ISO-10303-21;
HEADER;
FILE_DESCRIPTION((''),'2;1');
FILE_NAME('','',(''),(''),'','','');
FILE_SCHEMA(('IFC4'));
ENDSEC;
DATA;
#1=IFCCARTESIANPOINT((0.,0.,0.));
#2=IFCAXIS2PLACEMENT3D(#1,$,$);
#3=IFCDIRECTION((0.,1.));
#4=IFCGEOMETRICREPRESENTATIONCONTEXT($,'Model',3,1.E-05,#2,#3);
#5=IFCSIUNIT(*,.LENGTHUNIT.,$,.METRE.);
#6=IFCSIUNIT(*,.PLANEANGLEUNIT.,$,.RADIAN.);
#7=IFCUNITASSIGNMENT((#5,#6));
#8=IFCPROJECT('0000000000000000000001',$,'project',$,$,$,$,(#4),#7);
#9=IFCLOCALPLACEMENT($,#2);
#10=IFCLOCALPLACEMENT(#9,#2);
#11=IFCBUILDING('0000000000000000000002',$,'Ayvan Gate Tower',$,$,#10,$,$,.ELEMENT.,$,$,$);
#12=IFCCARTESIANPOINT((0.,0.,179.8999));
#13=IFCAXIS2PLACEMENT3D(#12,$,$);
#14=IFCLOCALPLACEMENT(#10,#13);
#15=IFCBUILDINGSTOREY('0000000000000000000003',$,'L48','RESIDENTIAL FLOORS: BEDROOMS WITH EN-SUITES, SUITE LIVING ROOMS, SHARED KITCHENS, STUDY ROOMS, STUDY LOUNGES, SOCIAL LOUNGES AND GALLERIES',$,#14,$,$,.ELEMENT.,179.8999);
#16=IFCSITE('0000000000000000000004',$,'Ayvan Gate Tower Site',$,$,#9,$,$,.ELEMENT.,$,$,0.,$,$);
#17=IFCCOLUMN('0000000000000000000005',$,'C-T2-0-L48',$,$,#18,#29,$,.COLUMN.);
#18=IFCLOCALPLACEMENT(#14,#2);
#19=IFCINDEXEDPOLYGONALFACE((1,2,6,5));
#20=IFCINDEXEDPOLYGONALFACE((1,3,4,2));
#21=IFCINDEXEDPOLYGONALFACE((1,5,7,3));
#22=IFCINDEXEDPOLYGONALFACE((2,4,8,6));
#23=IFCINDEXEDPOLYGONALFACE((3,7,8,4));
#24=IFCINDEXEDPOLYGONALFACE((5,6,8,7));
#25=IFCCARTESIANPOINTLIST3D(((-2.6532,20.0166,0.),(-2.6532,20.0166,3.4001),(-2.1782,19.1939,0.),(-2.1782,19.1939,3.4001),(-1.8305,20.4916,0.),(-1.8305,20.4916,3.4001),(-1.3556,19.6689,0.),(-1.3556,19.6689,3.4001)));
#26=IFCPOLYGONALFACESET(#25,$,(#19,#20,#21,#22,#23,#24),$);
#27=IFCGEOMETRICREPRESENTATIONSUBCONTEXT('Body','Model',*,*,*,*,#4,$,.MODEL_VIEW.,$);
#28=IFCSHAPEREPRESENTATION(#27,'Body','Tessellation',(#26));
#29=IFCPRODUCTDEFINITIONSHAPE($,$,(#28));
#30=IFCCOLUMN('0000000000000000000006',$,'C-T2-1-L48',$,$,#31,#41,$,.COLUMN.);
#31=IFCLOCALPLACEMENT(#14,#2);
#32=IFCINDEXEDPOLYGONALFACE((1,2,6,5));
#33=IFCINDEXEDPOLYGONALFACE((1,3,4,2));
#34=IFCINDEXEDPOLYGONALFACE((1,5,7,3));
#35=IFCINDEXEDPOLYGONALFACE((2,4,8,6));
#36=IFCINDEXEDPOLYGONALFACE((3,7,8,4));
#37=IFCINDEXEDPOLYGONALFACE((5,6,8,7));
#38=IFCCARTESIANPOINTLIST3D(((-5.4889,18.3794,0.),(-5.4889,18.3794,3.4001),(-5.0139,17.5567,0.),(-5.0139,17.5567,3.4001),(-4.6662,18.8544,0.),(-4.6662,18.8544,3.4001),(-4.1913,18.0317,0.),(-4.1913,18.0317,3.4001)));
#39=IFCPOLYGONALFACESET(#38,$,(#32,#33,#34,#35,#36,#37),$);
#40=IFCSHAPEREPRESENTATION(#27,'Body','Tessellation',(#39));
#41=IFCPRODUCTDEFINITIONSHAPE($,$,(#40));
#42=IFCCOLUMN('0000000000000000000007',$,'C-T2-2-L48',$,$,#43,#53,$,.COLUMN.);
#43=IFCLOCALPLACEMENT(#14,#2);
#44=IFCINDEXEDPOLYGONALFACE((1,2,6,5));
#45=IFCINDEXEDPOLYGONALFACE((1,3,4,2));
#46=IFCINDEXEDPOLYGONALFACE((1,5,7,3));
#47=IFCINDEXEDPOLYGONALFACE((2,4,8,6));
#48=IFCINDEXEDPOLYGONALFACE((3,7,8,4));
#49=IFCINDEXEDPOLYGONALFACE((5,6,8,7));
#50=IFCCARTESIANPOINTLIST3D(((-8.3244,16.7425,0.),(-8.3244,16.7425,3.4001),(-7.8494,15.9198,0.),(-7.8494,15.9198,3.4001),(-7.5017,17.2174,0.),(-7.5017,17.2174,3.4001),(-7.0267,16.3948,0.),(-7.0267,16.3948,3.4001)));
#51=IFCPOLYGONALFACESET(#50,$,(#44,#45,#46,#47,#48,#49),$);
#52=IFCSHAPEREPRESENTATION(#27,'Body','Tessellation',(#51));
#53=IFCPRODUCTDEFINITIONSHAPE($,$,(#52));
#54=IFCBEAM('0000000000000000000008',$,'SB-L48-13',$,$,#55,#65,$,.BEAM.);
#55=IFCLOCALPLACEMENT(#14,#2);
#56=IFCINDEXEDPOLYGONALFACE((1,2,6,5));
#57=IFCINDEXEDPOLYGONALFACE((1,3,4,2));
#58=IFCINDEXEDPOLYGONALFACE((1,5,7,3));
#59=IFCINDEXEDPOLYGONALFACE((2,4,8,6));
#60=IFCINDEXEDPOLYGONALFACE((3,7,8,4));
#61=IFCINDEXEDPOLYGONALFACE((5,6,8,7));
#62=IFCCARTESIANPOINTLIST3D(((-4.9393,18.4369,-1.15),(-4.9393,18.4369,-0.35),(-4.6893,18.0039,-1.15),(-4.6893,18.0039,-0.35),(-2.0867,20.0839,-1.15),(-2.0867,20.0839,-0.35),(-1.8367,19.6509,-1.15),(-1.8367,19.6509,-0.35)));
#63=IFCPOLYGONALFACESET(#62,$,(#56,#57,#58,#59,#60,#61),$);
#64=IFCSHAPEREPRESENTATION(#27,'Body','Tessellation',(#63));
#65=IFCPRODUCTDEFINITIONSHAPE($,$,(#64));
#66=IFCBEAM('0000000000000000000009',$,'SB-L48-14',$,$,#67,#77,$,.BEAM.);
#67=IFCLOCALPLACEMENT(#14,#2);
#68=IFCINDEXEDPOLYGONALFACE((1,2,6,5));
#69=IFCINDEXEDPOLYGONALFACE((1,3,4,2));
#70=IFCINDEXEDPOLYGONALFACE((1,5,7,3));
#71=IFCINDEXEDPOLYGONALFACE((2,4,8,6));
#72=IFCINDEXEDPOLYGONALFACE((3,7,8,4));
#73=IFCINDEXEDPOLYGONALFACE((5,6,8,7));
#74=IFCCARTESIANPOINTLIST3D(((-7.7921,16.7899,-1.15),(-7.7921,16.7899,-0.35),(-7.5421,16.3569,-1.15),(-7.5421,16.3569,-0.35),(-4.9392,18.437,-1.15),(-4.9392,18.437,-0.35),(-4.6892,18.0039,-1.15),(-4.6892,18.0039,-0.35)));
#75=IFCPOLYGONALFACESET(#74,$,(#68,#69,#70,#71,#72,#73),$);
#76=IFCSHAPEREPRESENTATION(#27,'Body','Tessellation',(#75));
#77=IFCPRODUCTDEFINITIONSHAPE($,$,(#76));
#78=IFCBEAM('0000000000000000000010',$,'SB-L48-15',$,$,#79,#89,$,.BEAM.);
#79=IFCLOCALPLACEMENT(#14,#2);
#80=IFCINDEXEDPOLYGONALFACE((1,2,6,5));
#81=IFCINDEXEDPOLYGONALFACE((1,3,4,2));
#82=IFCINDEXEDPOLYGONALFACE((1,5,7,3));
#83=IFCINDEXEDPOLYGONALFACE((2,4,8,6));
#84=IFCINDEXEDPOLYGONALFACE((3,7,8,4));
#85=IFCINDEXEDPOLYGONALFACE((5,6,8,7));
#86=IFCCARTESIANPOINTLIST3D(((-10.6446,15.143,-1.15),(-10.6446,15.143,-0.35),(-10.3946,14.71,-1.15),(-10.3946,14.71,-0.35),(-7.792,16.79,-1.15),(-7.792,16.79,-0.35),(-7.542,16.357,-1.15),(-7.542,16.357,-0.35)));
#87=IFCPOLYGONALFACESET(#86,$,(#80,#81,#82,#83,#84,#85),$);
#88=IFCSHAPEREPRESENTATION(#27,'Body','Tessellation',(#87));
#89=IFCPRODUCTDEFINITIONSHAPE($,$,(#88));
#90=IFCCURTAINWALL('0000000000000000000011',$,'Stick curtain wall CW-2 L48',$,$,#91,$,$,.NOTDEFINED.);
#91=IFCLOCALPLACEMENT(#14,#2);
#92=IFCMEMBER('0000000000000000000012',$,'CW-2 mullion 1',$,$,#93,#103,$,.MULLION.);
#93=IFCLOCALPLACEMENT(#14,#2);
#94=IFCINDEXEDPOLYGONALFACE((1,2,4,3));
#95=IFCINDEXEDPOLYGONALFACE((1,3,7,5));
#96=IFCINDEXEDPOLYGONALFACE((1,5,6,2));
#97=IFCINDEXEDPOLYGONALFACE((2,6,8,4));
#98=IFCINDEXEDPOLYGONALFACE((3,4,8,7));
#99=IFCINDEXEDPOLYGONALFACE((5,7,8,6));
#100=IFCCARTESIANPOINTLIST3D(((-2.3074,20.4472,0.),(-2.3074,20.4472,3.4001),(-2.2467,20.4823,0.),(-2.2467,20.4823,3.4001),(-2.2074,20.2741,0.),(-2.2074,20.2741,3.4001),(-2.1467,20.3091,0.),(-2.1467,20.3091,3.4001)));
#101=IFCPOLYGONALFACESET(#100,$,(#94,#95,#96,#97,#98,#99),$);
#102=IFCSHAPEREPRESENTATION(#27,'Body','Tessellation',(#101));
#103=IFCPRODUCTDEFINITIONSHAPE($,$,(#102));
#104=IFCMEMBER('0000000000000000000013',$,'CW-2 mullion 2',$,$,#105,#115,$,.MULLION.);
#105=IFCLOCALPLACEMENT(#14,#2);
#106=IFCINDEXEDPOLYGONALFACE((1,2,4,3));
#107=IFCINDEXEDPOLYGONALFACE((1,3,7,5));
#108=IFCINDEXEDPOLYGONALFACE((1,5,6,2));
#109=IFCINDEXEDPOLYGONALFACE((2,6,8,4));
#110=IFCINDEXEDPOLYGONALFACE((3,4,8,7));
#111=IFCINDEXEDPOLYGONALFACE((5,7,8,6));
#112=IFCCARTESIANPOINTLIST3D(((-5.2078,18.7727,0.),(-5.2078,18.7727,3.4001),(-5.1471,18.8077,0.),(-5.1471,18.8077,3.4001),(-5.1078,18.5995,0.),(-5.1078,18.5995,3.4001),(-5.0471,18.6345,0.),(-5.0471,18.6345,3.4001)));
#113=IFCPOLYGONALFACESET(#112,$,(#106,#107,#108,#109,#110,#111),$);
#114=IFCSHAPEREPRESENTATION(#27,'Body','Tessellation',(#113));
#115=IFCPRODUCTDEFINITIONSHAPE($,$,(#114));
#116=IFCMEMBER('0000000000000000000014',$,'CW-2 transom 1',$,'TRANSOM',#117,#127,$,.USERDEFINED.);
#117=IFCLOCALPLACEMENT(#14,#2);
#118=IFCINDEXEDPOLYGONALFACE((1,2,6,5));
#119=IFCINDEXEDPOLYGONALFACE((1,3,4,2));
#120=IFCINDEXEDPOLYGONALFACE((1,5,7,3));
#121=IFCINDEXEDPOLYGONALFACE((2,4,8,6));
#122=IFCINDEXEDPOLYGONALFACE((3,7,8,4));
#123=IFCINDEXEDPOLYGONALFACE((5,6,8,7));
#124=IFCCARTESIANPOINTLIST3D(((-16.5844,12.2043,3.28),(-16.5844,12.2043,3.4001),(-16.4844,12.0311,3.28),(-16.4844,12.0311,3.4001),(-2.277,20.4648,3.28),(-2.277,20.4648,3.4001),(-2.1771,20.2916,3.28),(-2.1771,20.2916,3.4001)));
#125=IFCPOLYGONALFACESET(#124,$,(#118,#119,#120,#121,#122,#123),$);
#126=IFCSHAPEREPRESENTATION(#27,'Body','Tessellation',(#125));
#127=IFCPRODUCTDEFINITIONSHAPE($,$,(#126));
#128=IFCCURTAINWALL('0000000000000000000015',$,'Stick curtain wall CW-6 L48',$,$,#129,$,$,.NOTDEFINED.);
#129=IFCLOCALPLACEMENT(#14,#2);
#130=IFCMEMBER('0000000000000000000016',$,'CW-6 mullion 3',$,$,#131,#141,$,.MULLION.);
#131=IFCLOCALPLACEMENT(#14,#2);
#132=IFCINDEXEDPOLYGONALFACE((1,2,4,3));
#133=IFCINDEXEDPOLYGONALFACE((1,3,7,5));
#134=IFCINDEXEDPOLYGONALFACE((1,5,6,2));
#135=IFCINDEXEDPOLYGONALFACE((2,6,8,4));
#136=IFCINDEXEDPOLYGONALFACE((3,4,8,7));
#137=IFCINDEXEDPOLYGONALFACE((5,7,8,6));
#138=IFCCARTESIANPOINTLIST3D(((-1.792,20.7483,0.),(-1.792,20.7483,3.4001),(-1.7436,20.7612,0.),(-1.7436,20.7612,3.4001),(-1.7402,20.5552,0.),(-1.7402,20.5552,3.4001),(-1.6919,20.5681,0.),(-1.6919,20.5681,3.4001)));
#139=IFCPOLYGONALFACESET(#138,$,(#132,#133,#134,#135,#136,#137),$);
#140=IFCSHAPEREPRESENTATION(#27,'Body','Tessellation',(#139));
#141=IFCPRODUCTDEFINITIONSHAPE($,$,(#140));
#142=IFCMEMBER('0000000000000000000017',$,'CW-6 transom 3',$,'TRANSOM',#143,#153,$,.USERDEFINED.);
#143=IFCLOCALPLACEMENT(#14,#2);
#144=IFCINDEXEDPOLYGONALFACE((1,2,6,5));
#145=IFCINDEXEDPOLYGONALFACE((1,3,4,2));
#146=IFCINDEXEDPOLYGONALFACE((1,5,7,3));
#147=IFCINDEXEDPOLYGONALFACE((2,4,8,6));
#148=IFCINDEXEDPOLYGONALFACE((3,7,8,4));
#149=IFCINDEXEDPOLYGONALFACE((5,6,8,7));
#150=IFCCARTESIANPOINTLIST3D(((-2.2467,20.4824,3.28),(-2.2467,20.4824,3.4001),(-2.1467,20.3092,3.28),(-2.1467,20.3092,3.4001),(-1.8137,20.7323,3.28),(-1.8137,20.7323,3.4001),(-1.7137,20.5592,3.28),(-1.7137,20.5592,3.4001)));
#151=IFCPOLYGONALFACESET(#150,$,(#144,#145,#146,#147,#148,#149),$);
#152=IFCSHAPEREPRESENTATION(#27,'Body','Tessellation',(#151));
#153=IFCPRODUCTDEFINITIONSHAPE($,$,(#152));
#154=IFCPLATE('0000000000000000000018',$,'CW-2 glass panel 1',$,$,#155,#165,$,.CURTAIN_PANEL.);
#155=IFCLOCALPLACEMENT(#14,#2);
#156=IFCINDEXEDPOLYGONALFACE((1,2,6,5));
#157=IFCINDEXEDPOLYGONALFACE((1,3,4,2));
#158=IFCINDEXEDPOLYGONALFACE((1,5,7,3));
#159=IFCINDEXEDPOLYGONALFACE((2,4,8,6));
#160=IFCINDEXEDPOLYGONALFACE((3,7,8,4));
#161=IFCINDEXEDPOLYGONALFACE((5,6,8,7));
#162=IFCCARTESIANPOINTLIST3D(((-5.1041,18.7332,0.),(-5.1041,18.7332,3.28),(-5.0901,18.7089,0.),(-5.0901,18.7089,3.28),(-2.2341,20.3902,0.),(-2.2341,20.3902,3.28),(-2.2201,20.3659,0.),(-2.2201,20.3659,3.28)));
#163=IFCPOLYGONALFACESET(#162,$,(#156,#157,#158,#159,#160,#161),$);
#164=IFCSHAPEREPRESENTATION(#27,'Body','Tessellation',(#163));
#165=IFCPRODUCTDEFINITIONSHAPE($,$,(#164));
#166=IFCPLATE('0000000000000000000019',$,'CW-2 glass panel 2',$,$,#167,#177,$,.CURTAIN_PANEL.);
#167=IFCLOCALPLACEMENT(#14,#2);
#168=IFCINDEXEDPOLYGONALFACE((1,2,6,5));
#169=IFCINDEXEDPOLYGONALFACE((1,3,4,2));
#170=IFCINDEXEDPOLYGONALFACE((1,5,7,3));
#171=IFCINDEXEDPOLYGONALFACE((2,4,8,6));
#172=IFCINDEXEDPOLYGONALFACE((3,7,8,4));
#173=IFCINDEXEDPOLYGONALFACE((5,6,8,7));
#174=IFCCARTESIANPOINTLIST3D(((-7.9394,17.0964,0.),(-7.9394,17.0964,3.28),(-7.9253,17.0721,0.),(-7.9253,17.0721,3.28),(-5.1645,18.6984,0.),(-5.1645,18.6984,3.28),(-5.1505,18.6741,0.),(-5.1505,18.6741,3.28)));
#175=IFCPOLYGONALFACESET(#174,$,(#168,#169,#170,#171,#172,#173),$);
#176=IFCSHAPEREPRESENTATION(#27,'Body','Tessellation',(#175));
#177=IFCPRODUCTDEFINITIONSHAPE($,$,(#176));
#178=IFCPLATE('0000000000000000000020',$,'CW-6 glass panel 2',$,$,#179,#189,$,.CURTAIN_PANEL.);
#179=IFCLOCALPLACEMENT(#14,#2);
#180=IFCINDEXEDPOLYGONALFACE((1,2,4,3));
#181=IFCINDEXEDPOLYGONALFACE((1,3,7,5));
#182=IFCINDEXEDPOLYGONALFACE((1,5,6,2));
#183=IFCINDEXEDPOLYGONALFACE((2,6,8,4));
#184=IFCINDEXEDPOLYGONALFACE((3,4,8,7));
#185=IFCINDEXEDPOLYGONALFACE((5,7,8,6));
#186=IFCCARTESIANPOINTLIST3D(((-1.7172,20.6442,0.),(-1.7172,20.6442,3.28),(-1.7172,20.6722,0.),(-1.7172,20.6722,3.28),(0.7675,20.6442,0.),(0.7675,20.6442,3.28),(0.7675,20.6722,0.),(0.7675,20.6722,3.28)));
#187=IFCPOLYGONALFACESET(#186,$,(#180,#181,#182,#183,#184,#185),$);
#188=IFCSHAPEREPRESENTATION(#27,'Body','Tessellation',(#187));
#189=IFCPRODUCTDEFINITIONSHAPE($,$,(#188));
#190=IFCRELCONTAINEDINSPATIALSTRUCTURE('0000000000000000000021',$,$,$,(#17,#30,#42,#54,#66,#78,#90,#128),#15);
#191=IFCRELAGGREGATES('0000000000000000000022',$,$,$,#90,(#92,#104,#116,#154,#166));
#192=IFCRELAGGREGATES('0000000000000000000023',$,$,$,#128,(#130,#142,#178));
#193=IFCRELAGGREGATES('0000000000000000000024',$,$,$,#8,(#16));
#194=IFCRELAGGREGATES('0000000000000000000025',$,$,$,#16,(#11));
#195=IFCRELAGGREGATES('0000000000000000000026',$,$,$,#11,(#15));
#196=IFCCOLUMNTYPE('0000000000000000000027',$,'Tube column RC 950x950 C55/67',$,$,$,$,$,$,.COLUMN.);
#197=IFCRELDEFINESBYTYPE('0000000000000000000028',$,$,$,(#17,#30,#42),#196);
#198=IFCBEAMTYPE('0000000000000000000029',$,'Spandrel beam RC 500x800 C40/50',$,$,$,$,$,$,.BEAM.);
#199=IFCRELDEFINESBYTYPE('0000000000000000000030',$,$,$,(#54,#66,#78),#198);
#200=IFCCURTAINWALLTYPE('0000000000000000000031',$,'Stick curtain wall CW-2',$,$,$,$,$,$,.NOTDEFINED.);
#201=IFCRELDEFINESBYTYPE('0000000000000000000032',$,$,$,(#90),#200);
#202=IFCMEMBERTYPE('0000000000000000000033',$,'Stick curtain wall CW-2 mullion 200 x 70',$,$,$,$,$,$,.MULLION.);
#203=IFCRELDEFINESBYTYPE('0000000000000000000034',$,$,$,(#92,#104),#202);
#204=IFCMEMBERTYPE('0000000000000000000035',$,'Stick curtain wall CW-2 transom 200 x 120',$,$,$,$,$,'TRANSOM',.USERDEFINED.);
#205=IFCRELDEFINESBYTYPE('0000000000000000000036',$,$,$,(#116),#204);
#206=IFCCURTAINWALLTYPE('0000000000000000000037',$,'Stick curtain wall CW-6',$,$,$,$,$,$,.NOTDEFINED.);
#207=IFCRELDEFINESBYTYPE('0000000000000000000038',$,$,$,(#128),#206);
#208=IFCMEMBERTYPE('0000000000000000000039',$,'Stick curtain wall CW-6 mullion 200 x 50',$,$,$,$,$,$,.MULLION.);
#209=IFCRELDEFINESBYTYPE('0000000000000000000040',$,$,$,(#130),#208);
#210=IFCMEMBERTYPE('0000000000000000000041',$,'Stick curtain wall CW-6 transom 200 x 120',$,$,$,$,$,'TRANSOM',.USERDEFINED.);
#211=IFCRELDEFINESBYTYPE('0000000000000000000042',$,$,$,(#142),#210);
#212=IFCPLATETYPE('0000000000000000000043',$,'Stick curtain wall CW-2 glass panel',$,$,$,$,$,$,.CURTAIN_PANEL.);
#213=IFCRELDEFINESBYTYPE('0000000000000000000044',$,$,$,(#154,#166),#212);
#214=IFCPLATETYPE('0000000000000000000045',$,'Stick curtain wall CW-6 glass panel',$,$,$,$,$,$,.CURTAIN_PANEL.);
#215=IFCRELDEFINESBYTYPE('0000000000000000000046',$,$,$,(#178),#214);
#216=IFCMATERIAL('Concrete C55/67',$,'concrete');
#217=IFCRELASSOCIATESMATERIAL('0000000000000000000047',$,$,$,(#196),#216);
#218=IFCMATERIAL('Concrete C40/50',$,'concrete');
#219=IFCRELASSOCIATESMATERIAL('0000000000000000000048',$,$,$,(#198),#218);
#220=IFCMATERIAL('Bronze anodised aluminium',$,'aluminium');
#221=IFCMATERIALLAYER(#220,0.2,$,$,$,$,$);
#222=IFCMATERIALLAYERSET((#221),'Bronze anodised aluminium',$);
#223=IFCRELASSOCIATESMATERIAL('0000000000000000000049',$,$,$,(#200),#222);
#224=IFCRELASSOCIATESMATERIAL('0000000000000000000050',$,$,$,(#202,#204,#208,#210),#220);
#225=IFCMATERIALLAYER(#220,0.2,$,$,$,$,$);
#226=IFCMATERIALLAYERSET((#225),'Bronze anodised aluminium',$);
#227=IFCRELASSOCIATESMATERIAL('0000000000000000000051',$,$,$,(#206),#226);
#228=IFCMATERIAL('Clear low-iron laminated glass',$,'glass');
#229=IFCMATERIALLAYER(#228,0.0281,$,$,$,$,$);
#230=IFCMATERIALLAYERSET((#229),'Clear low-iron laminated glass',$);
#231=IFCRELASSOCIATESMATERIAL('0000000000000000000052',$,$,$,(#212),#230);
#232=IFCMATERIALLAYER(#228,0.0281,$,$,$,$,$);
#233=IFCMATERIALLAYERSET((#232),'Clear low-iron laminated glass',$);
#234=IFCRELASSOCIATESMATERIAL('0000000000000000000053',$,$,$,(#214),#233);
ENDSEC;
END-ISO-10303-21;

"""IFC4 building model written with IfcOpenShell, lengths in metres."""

from ifc_helpers import new_model, si_unit, direction, frame, origin, origin_2d, place, context, subcontext, project, spatial, rectangle, extrude, material, layer, layer_set, material_profile, profile_set, type_object, element, aggregate, save


model = new_model("IFC4")

# Units and contexts
model_context = context("Model", 3, precision=1e-05, world=origin(), true_north=direction((0.0, 1.0)))
body_context = subcontext(model_context, "Body", "Model", "MODEL_VIEW")
ifc_project = project(units=[si_unit("LENGTHUNIT", "METRE"), si_unit("PLANEANGLEUNIT", "RADIAN")], contexts=[model_context])

# Site, building, storey
site_placement = place(None, origin())
site = spatial("IfcSite", under=ifc_project, at=site_placement, Name="Ayvan Gate Tower Site", CompositionType="ELEMENT", RefElevation=0.0)
building_placement = place(site_placement, origin())
building = spatial("IfcBuilding", under=site, at=building_placement, Name="Ayvan Gate Tower", CompositionType="ELEMENT")
storey_placement = place(building_placement, frame((0.0, 0.0, 179.8999)))
storey = spatial("IfcBuildingStorey", under=building, at=storey_placement, Name="L48", Description="RESIDENTIAL FLOORS: BEDROOMS WITH EN-SUITES, SUITE LIVING ROOMS, SHARED KITCHENS, STUDY ROOMS, STUDY LOUNGES, SOCIAL LOUNGES AND GALLERIES", CompositionType="ELEMENT", Elevation=179.8999)

# Columns
ifc_material_1 = material(Name="Concrete C55/67", Category="concrete")
ifc_material_profile_1 = material_profile(ifc_material_1, rectangle(XDim=0.95, YDim=0.95, at=origin_2d()), Name="RC 950x950")
ifc_profile_set_1 = profile_set([ifc_material_profile_1], Name="Concrete C55/67")
column_type = type_object("IfcColumnType", Name="Tube column RC 950x950 C55/67", PredefinedType="COLUMN", material=ifc_profile_set_1)
for number, where, z_axis, x_axis, name in (
    (1, (-2.0044, 19.8428, 0.0), (0.0, 0.0, 1.0), (-0.5, 0.866025, 0.0), "C-T2-0-L48"),
    (2, (-4.8401, 18.2056, 0.0), (0.0, 0.0, 1.0), (-0.5, 0.866025, 0.0), "C-T2-1-L48"),
    (3, (-7.6755, 16.5686, 0.0), (0.0, 0.0, 1.0), (-0.5, 0.866025, 0.0), "C-T2-2-L48"),
):
    element("IfcColumn", number, at=place(storey_placement, frame(where, z_axis=z_axis, x_axis=x_axis)), inside=storey, type_object=column_type, Name=name, PredefinedType="COLUMN", context=body_context, shape_type="SweptSolid", body=[
        extrude(rectangle(XDim=0.95, YDim=0.95, at=origin_2d()), origin(), (0.0, 0.0, 1.0), 3.4001),
    ])

# Beams
ifc_material_2 = material(Name="Concrete C40/50", Category="concrete")
ifc_material_profile_2 = material_profile(ifc_material_2, rectangle(XDim=0.5, YDim=0.8, at=origin_2d()), Name="RC 500x800")
ifc_profile_set_2 = profile_set([ifc_material_profile_2], Name="Concrete C40/50")
beam_type = type_object("IfcBeamType", Name="Spandrel beam RC 500x800 C40/50", PredefinedType="BEAM", material=ifc_profile_set_2)
beam_1_placement = place(storey_placement, frame((-1.9617, 19.8674, -0.75), z_axis=(-0.866018, -0.500013, 0.0), x_axis=(0.500013, -0.866018, 0.0)))
element("IfcBeam", 4, at=beam_1_placement, inside=storey, type_object=beam_type, Name="SB-L48-13", PredefinedType="BEAM", context=body_context, shape_type="SweptSolid", body=[
    extrude(rectangle(XDim=0.5, YDim=0.8, at=origin_2d()), origin(), (0.0, 0.0, 1.0), 3.2939),
])
beam_2_placement = place(storey_placement, frame((-4.8142, 18.2205, -0.75), z_axis=(-0.866036, -0.499981, 0.0), x_axis=(0.499981, -0.866036, 0.0)))
element("IfcBeam", 5, at=beam_2_placement, inside=storey, type_object=beam_type, Name="SB-L48-14", PredefinedType="BEAM", context=body_context, shape_type="SweptSolid", body=[
    extrude(rectangle(XDim=0.5, YDim=0.8, at=origin_2d()), origin(), (0.0, 0.0, 1.0), 3.2942),
])
beam_3_placement = place(storey_placement, frame((-7.667, 16.5735, -0.75), z_axis=(-0.866018, -0.500013, 0.0), x_axis=(0.500013, -0.866018, 0.0)))
element("IfcBeam", 6, at=beam_3_placement, inside=storey, type_object=beam_type, Name="SB-L48-15", PredefinedType="BEAM", context=body_context, shape_type="SweptSolid", body=[
    extrude(rectangle(XDim=0.5, YDim=0.8, at=origin_2d()), origin(), (0.0, 0.0, 1.0), 3.2939),
])

# Curtain walls, members
ifc_material_3 = material(Name="Bronze anodised aluminium", Category="aluminium")
ifc_layer_1 = layer(ifc_material_3, 0.2)
ifc_layer_set_1 = layer_set([ifc_layer_1], Name="Bronze anodised aluminium")
curtain_wall_type_1 = type_object("IfcCurtainWallType", Name="Stick curtain wall CW-2", PredefinedType="NOTDEFINED", material=ifc_layer_set_1)
curtain_wall_1_placement = place(storey_placement, origin())
curtain_wall_1 = element("IfcCurtainWall", 7, at=curtain_wall_1_placement, inside=storey, type_object=curtain_wall_type_1, Name="Stick curtain wall CW-2 L48", PredefinedType="NOTDEFINED")
ifc_material_profile_3 = material_profile(ifc_material_3, rectangle(XDim=0.2, YDim=0.0701, at=origin_2d()), Name="Stick curtain wall CW-2 mullion 200 x 70")
ifc_profile_set_3 = profile_set([ifc_material_profile_3], Name="Bronze anodised aluminium")
member_type_1 = type_object("IfcMemberType", Name="Stick curtain wall CW-2 mullion 200 x 70", PredefinedType="MULLION", material=ifc_profile_set_3)
member_1_placement = place(storey_placement, frame((-2.2271, 20.3782, 0.0), z_axis=(0.0, 0.0, 1.0), x_axis=(-0.5, 0.866025, 0.0)))
member_1 = element("IfcMember", 8, at=member_1_placement, type_object=member_type_1, Name="CW-2 mullion 1", PredefinedType="MULLION", context=body_context, shape_type="SweptSolid", body=[
    extrude(rectangle(XDim=0.2, YDim=0.0701, at=origin_2d()), origin(), (0.0, 0.0, 1.0), 3.4001),
])
member_2_placement = place(storey_placement, frame((-5.1274, 18.7036, 0.0), z_axis=(0.0, 0.0, 1.0), x_axis=(-0.5, 0.866025, 0.0)))
member_2 = element("IfcMember", 9, at=member_2_placement, type_object=member_type_1, Name="CW-2 mullion 2", PredefinedType="MULLION", context=body_context, shape_type="SweptSolid", body=[
    extrude(rectangle(XDim=0.2, YDim=0.0701, at=origin_2d()), origin(), (0.0, 0.0, 1.0), 3.4001),
])
ifc_material_profile_4 = material_profile(ifc_material_3, rectangle(XDim=0.2, YDim=0.1201, at=origin_2d()), Name="Stick curtain wall CW-2 transom 200 x 120")
ifc_profile_set_4 = profile_set([ifc_material_profile_4], Name="Bronze anodised aluminium")
member_type_2 = type_object("IfcMemberType", Name="Stick curtain wall CW-2 transom 200 x 120", ElementType="TRANSOM", PredefinedType="USERDEFINED", material=ifc_profile_set_4)
member_3_placement = place(storey_placement, frame((-2.2271, 20.3782, 3.3401), z_axis=(-0.866022, -0.500006, 0.0), x_axis=(0.500006, -0.866022, 0.0)))
member_3 = element("IfcMember", 10, at=member_3_placement, type_object=member_type_2, Name="CW-2 transom 1", ObjectType="TRANSOM", PredefinedType="USERDEFINED", context=body_context, shape_type="SweptSolid", body=[
    extrude(rectangle(XDim=0.2, YDim=0.1201, at=origin_2d()), origin(), (0.0, 0.0, 1.0), 16.5208),
])
ifc_layer_2 = layer(ifc_material_3, 0.2)
ifc_layer_set_2 = layer_set([ifc_layer_2], Name="Bronze anodised aluminium")
curtain_wall_type_2 = type_object("IfcCurtainWallType", Name="Stick curtain wall CW-6", PredefinedType="NOTDEFINED", material=ifc_layer_set_2)
curtain_wall_2_placement = place(storey_placement, origin())
curtain_wall_2 = element("IfcCurtainWall", 11, at=curtain_wall_2_placement, inside=storey, type_object=curtain_wall_type_2, Name="Stick curtain wall CW-6 L48", PredefinedType="NOTDEFINED")
ifc_material_profile_5 = material_profile(ifc_material_3, rectangle(XDim=0.2, YDim=0.05, at=origin_2d()), Name="Stick curtain wall CW-6 mullion 200 x 50")
ifc_profile_set_5 = profile_set([ifc_material_profile_5], Name="Bronze anodised aluminium")
member_type_3 = type_object("IfcMemberType", Name="Stick curtain wall CW-6 mullion 200 x 50", PredefinedType="MULLION", material=ifc_profile_set_5)
member_4_placement = place(storey_placement, frame((-1.7419, 20.6582, 0.0), z_axis=(0.0, 0.0, 1.0), x_axis=(-0.258819, 0.965926, 0.0)))
member_4 = element("IfcMember", 12, at=member_4_placement, type_object=member_type_3, Name="CW-6 mullion 3", PredefinedType="MULLION", context=body_context, shape_type="SweptSolid", body=[
    extrude(rectangle(XDim=0.2, YDim=0.05, at=origin_2d()), origin(), (0.0, 0.0, 1.0), 3.4001),
])
ifc_material_profile_6 = material_profile(ifc_material_3, rectangle(XDim=0.2, YDim=0.1201, at=origin_2d()), Name="Stick curtain wall CW-6 transom 200 x 120")
ifc_profile_set_6 = profile_set([ifc_material_profile_6], Name="Bronze anodised aluminium")
member_type_4 = type_object("IfcMemberType", Name="Stick curtain wall CW-6 transom 200 x 120", ElementType="TRANSOM", PredefinedType="USERDEFINED", material=ifc_profile_set_6)
member_5_placement = place(storey_placement, frame((-1.7637, 20.6458, 3.3401), z_axis=(-0.866072, -0.49992, 0.0), x_axis=(0.49992, -0.866072, 0.0)))
member_5 = element("IfcMember", 13, at=member_5_placement, type_object=member_type_4, Name="CW-6 transom 3", ObjectType="TRANSOM", PredefinedType="USERDEFINED", context=body_context, shape_type="SweptSolid", body=[
    extrude(rectangle(XDim=0.2, YDim=0.1201, at=origin_2d()), origin(), (0.0, 0.0, 1.0), 0.5),
])

# Plates
ifc_material_4 = material(Name="Clear low-iron laminated glass", Category="glass")
ifc_layer_3 = layer(ifc_material_4, 0.0281)
ifc_layer_set_3 = layer_set([ifc_layer_3], Name="Clear low-iron laminated glass")
plate_type_1 = type_object("IfcPlateType", Name="Stick curtain wall CW-2 glass panel", PredefinedType="CURTAIN_PANEL", material=ifc_layer_set_3)
plate_1_placement = place(storey_placement, frame((-3.6621, 19.5496, 0.0), z_axis=(0.0, 0.0, 1.0), x_axis=(-0.866025, -0.5, 0.0)))
plate_1 = element("IfcPlate", 14, at=plate_1_placement, type_object=plate_type_1, Name="CW-2 glass panel 1", PredefinedType="CURTAIN_PANEL", context=body_context, shape_type="SweptSolid", body=[
    extrude(rectangle(XDim=3.314, YDim=0.0281, at=origin_2d()), origin(), (0.0, 0.0, 1.0), 3.28),
])
plate_2_placement = place(storey_placement, frame((-6.5449, 17.8853, 0.0), z_axis=(0.0, 0.0, 1.0), x_axis=(-0.866025, -0.5, 0.0)))
plate_2 = element("IfcPlate", 15, at=plate_2_placement, type_object=plate_type_1, Name="CW-2 glass panel 2", PredefinedType="CURTAIN_PANEL", context=body_context, shape_type="SweptSolid", body=[
    extrude(rectangle(XDim=3.2041, YDim=0.0281, at=origin_2d()), origin(), (0.0, 0.0, 1.0), 3.28),
])
aggregate(curtain_wall_1, [member_1, member_2, member_3, plate_1, plate_2])
ifc_layer_4 = layer(ifc_material_4, 0.0281)
ifc_layer_set_4 = layer_set([ifc_layer_4], Name="Clear low-iron laminated glass")
plate_type_2 = type_object("IfcPlateType", Name="Stick curtain wall CW-6 glass panel", PredefinedType="CURTAIN_PANEL", material=ifc_layer_set_4)
plate_3_placement = place(storey_placement, frame((-0.4749, 20.6582, 0.0), z_axis=(0.0, 0.0, 1.0), x_axis=(-1.0, 0.0, 0.0)))
plate_3 = element("IfcPlate", 16, at=plate_3_placement, type_object=plate_type_2, Name="CW-6 glass panel 2", PredefinedType="CURTAIN_PANEL", context=body_context, shape_type="SweptSolid", body=[
    extrude(rectangle(XDim=2.4846, YDim=0.0281, at=origin_2d()), origin(), (0.0, 0.0, 1.0), 3.28),
])
aggregate(curtain_wall_2, [member_4, member_5, plate_3])

save(model, "model.ifc")
